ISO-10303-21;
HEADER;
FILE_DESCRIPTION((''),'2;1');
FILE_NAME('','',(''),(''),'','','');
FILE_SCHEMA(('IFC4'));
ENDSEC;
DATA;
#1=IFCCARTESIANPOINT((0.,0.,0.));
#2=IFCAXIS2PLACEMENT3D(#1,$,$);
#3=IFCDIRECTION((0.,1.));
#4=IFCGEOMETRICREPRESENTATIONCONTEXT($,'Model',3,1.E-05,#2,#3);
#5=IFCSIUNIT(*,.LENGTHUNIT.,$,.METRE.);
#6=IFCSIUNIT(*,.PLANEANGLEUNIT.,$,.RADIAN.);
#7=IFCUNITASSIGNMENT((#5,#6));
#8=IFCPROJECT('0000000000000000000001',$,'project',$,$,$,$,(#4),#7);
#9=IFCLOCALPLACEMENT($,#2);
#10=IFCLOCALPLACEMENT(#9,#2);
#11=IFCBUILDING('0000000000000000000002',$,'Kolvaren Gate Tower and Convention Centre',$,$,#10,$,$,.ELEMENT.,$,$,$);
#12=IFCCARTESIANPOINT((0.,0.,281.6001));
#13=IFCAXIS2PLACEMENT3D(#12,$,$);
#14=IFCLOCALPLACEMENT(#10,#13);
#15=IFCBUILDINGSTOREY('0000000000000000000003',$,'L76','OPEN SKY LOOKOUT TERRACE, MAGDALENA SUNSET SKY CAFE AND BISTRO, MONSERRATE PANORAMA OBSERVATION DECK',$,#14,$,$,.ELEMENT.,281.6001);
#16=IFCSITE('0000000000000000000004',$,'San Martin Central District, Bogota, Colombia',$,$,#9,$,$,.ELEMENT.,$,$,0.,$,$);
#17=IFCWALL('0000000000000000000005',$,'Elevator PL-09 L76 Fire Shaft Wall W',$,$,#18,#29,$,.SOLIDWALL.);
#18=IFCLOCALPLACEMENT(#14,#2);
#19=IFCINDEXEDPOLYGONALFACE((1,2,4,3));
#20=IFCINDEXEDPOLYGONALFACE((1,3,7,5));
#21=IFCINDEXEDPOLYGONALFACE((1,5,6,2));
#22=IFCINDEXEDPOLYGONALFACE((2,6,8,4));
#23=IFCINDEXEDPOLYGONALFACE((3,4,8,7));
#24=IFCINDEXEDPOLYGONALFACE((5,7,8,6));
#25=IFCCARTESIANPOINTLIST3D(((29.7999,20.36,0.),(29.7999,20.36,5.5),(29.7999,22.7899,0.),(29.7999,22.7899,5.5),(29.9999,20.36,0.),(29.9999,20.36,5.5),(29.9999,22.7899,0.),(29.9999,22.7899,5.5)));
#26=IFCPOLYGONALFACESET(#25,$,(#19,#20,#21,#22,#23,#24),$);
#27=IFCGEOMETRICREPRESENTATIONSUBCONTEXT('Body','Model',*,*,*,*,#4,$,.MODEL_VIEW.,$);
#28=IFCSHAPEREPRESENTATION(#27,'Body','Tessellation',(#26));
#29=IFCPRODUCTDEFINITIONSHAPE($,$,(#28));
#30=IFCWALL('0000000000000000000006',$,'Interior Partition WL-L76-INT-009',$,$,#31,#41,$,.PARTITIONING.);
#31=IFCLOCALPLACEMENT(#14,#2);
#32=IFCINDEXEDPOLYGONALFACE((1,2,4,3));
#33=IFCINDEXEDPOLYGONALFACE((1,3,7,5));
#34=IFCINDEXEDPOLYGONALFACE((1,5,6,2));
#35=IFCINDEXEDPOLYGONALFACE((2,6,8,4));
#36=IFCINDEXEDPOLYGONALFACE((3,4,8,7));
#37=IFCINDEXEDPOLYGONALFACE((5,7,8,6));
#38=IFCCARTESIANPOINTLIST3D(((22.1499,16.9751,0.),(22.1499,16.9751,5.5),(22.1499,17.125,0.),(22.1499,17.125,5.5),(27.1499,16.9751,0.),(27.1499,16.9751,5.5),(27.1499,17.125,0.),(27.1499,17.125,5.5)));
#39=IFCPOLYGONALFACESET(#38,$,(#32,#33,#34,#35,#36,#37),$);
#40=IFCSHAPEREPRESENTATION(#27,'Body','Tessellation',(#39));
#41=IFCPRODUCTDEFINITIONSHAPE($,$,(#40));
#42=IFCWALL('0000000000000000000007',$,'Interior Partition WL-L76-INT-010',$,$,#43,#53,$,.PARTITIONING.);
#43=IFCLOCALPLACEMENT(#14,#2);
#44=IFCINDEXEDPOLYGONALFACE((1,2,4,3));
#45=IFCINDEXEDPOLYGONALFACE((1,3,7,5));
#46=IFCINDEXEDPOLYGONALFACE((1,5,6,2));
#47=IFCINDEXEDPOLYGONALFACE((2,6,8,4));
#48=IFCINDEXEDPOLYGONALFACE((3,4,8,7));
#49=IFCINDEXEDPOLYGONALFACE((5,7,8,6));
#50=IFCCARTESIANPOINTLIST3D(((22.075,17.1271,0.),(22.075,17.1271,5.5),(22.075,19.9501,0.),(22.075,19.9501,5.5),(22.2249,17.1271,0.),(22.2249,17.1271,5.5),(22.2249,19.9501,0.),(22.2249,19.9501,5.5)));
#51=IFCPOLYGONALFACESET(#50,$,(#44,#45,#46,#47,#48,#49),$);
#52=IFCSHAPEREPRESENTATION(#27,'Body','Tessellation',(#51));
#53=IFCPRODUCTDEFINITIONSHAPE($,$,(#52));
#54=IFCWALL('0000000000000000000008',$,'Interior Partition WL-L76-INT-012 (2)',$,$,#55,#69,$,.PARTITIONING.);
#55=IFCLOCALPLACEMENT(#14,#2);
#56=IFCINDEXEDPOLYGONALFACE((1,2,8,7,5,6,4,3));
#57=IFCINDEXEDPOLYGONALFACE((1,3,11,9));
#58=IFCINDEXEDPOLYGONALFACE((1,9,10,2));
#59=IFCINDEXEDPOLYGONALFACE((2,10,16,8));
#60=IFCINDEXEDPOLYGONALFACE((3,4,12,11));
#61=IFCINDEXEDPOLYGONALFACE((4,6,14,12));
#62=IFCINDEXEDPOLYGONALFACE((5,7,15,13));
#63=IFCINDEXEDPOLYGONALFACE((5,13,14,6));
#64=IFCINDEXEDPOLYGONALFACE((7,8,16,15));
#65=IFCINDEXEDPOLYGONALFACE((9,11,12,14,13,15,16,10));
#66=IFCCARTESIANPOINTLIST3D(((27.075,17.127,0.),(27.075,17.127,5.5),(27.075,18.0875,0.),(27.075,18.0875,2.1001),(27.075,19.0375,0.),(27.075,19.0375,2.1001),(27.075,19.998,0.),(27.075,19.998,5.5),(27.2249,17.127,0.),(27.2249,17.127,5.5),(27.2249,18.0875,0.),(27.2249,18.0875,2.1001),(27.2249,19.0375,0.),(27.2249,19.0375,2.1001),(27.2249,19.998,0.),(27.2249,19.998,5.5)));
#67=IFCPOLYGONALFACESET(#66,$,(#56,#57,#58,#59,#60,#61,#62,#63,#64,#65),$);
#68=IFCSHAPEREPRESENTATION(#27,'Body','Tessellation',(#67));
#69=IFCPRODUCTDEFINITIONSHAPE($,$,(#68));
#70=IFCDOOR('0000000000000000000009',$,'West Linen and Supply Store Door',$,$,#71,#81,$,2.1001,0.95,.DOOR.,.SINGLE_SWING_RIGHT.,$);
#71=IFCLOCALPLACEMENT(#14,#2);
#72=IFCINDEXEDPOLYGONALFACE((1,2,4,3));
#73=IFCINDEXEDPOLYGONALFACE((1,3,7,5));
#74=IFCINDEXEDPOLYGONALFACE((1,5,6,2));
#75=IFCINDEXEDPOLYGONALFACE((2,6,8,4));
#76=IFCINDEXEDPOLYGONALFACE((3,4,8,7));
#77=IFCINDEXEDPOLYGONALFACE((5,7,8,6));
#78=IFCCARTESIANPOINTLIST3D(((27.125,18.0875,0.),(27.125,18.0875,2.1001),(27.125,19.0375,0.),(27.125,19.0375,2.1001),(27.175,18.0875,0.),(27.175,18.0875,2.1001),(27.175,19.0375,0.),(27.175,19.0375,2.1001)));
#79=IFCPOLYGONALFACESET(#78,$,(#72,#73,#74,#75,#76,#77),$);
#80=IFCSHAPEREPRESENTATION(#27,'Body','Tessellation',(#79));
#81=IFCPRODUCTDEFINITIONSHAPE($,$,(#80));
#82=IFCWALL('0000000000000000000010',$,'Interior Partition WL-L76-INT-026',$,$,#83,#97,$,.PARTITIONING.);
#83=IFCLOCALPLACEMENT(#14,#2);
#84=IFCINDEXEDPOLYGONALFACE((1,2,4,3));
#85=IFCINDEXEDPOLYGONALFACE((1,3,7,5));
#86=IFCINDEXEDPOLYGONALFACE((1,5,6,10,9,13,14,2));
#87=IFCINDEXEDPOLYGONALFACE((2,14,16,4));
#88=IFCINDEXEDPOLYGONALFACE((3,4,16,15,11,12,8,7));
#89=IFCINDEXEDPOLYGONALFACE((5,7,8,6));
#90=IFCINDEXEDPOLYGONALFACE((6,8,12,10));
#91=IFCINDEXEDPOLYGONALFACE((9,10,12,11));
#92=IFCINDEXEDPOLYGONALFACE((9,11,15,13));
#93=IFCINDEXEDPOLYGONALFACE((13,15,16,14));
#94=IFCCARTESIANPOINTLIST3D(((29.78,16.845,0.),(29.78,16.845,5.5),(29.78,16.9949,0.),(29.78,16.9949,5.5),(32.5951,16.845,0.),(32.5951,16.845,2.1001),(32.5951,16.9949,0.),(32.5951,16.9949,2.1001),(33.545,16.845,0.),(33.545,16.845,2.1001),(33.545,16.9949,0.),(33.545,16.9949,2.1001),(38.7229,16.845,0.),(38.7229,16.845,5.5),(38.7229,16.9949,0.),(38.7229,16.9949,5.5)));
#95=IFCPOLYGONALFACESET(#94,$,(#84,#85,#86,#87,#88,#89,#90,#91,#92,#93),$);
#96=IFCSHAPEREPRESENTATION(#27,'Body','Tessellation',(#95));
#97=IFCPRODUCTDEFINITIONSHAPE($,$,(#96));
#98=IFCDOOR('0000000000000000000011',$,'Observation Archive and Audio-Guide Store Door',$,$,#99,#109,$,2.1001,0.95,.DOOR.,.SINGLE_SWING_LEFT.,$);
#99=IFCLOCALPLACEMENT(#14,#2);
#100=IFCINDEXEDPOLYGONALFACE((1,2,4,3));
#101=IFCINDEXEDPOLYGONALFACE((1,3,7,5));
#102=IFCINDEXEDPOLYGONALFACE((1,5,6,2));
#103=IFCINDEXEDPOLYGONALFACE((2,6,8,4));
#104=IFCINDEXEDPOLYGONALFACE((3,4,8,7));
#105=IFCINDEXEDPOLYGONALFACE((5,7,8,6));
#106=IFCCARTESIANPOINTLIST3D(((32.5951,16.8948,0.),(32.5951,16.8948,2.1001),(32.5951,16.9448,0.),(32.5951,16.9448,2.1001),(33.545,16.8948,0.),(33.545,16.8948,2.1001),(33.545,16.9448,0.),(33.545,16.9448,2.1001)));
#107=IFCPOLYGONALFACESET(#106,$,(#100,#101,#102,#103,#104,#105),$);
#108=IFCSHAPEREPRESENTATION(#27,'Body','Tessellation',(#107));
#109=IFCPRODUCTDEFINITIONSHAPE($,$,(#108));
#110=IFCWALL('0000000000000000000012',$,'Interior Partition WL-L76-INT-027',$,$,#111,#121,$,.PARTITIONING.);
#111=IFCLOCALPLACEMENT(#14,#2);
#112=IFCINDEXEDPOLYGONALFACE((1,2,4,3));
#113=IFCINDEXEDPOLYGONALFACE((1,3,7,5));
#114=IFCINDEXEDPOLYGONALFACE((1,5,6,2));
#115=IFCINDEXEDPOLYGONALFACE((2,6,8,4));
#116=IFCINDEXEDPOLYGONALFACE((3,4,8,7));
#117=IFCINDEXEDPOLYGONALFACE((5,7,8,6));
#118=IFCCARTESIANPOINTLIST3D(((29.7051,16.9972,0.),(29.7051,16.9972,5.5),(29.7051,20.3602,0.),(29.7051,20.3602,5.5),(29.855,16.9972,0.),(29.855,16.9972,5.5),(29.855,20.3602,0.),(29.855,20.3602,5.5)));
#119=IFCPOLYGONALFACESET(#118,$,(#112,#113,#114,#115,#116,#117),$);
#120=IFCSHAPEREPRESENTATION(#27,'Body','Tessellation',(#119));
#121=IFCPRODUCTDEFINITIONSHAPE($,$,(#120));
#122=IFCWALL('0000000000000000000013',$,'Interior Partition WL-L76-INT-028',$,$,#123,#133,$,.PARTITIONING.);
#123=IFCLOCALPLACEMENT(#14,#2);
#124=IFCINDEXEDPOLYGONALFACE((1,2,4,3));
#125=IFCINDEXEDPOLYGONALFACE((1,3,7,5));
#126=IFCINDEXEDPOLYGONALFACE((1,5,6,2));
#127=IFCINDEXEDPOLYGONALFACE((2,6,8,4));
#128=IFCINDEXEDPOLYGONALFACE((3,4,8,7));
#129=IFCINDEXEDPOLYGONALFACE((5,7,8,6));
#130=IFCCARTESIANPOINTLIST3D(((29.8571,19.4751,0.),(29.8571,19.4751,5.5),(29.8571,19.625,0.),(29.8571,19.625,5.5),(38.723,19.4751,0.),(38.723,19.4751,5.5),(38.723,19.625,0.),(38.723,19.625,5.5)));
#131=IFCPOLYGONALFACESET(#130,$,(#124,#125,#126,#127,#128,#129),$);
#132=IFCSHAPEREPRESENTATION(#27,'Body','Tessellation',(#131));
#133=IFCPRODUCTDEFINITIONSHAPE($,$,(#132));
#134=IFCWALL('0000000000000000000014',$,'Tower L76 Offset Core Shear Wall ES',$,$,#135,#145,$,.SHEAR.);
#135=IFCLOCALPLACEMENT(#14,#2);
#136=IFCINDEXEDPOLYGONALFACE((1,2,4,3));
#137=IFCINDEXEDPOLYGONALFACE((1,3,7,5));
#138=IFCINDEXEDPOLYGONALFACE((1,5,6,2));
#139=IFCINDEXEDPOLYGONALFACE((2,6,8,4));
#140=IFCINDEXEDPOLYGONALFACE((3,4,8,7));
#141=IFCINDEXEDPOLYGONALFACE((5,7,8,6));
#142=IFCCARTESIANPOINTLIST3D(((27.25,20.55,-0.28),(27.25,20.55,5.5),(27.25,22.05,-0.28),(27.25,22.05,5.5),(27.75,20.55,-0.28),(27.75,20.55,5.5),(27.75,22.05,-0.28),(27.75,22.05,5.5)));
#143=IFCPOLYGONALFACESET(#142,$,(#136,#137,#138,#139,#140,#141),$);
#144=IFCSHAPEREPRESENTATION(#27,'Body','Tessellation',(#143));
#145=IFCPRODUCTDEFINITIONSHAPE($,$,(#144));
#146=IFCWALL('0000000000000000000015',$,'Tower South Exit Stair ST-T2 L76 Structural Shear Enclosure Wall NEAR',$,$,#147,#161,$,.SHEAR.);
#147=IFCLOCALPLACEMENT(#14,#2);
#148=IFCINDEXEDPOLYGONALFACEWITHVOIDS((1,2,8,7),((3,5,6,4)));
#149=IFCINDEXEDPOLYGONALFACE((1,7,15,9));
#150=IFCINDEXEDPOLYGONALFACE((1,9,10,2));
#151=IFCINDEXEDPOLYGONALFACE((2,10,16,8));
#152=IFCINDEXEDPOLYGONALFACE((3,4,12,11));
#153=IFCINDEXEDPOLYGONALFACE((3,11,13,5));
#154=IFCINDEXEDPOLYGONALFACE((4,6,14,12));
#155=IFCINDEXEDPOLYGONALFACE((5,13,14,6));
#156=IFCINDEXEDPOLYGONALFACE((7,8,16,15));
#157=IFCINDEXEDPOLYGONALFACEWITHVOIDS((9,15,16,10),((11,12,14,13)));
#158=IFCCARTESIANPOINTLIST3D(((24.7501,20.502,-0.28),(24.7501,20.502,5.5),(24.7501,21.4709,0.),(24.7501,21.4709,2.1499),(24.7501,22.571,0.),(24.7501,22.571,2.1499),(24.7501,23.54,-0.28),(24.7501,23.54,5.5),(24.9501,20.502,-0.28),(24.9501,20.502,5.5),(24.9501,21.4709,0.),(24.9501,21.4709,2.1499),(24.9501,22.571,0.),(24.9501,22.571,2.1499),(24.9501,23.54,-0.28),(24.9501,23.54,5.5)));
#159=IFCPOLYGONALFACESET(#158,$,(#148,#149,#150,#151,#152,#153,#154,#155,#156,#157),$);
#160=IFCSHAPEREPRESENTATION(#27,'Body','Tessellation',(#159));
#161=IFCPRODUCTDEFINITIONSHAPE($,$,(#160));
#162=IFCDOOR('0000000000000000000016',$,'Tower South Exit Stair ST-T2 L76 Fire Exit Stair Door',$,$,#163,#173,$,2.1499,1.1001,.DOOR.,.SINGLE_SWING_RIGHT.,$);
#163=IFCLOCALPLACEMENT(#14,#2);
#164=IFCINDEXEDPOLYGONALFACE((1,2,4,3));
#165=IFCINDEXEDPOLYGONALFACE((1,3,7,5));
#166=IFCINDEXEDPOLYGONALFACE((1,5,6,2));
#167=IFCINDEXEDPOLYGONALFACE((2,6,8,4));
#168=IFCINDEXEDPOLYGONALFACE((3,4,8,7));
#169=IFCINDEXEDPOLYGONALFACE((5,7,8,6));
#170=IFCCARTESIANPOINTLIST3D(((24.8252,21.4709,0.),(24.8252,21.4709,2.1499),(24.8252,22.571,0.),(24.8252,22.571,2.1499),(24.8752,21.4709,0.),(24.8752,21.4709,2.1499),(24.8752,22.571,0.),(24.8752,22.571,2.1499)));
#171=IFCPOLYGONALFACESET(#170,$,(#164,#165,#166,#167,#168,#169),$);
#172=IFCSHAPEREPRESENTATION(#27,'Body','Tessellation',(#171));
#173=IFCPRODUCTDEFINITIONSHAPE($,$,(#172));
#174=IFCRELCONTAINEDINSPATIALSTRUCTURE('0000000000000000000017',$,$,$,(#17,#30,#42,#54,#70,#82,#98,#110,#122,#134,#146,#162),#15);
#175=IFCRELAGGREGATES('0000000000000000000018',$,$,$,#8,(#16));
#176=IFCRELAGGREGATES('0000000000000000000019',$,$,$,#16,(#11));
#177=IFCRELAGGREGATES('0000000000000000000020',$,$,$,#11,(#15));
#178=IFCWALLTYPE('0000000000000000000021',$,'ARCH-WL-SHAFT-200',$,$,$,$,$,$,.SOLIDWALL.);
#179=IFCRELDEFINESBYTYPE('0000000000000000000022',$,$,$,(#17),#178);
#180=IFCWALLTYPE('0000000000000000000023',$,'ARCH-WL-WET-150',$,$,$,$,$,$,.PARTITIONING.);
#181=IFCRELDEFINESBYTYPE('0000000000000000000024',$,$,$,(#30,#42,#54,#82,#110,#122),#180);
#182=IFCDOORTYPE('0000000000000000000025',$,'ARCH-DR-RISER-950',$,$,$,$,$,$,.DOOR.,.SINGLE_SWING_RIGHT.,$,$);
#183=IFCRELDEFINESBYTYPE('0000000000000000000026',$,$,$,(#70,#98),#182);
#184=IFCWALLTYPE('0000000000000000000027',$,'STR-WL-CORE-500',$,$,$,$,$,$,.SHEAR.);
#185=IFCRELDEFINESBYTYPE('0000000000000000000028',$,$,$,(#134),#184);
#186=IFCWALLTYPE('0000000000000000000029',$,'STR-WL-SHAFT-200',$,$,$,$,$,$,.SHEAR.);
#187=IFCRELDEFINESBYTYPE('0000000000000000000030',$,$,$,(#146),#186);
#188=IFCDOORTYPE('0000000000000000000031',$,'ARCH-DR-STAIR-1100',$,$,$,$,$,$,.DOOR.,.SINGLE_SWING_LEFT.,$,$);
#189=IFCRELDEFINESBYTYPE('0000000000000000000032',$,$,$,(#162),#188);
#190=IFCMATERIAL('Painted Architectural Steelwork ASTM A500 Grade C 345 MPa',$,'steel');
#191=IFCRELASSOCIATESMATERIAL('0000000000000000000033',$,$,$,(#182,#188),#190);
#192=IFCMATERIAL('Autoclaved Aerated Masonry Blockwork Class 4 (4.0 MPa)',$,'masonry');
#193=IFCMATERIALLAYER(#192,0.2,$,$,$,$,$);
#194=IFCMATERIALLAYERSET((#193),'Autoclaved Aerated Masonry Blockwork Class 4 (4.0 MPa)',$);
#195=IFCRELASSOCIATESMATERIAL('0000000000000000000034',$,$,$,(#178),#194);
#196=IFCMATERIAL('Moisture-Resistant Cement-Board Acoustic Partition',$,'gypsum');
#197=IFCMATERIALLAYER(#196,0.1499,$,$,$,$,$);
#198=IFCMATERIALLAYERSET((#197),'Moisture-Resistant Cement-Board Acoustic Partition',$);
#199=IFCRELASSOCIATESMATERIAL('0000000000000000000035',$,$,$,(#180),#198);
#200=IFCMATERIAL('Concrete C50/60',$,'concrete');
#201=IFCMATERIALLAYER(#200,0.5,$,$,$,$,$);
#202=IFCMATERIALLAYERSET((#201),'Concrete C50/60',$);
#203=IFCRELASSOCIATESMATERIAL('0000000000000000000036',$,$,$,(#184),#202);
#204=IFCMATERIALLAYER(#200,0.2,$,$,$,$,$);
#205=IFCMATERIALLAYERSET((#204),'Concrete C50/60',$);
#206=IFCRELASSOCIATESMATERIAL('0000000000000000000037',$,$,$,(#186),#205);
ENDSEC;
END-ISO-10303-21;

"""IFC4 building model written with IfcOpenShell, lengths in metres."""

from ifc_helpers import new_model, si_unit, direction, frame, frame_2d, origin, place, context, subcontext, project, spatial, rectangle, extrude, material, layer, layer_set, type_object, element, fill, save


model = new_model("IFC4")

# Units and contexts
model_context = context("Model", 3, precision=1e-05, world=origin(), true_north=direction((0.0, 1.0)))
body_context = subcontext(model_context, "Body", "Model", "MODEL_VIEW")
ifc_project = project(units=[si_unit("LENGTHUNIT", "METRE"), si_unit("PLANEANGLEUNIT", "RADIAN")], contexts=[model_context])

# Site, building, storey
site_placement = place(None, origin())
site = spatial("IfcSite", under=ifc_project, at=site_placement, Name="San Martin Central District, Bogota, Colombia", CompositionType="ELEMENT", RefElevation=0.0)
building_placement = place(site_placement, origin())
building = spatial("IfcBuilding", under=site, at=building_placement, Name="Kolvaren Gate Tower and Convention Centre", CompositionType="ELEMENT")
storey_placement = place(building_placement, frame((0.0, 0.0, 281.6001)))
storey = spatial("IfcBuildingStorey", under=building, at=storey_placement, Name="L76", Description="OPEN SKY LOOKOUT TERRACE, MAGDALENA SUNSET SKY CAFE AND BISTRO, MONSERRATE PANORAMA OBSERVATION DECK", CompositionType="ELEMENT", Elevation=281.6001)

# Shared definitions
ifc_material_1 = material(Name="Concrete C50/60", Category="concrete")

# Shared definitions
ifc_material_2 = material(Name="Autoclaved Aerated Masonry Blockwork Class 4 (4.0 MPa)", Category="masonry")

# Shared definitions
ifc_material_3 = material(Name="Painted Architectural Steelwork ASTM A500 Grade C 345 MPa", Category="steel")
door_type_1 = type_object("IfcDoorType", Name="ARCH-DR-RISER-950", OperationType="SINGLE_SWING_RIGHT", PredefinedType="DOOR", material=ifc_material_3)

# Shared definitions
ifc_layer_1 = layer(ifc_material_2, 0.2)
ifc_layer_set_1 = layer_set([ifc_layer_1], Name="Autoclaved Aerated Masonry Blockwork Class 4 (4.0 MPa)")
wall_type_1 = type_object("IfcWallType", Name="ARCH-WL-SHAFT-200", PredefinedType="SOLIDWALL", material=ifc_layer_set_1)

# Walls
wall_1_placement = place(storey_placement, frame((29.8999, 20.3601, 0.0), z_axis=(0.0, 0.0, 1.0), x_axis=(0.0, 1.0, 0.0)))
element("IfcWall", 1, at=wall_1_placement, inside=storey, type_object=wall_type_1, Name="Elevator PL-09 L76 Fire Shaft Wall W", PredefinedType="SOLIDWALL", context=body_context, shape_type="SweptSolid", body=[
    extrude(rectangle(XDim=2.4299, YDim=0.2, at=frame_2d((1.2148, 0.0))), origin(), (0.0, 0.0, 1.0), 5.5),
])
ifc_material_4 = material(Name="Moisture-Resistant Cement-Board Acoustic Partition", Category="gypsum")
ifc_layer_2 = layer(ifc_material_4, 0.1499)
ifc_layer_set_2 = layer_set([ifc_layer_2], Name="Moisture-Resistant Cement-Board Acoustic Partition")
wall_type_2 = type_object("IfcWallType", Name="ARCH-WL-WET-150", PredefinedType="PARTITIONING", material=ifc_layer_set_2)
wall_2_placement = place(storey_placement, frame((22.1499, 17.05, 0.0), z_axis=(0.0, 0.0, 1.0), x_axis=(1.0, 0.0, 0.0)))
element("IfcWall", 2, at=wall_2_placement, inside=storey, type_object=wall_type_2, Name="Interior Partition WL-L76-INT-009", PredefinedType="PARTITIONING", context=body_context, shape_type="SweptSolid", body=[
    extrude(rectangle(XDim=5.0, YDim=0.1499, at=frame_2d((2.5, 0.0))), origin(), (0.0, 0.0, 1.0), 5.5),
])
wall_3_placement = place(storey_placement, frame((22.1499, 17.127, 0.0), z_axis=(0.0, 0.0, 1.0), x_axis=(0.0, 1.0, 0.0)))
element("IfcWall", 3, at=wall_3_placement, inside=storey, type_object=wall_type_2, Name="Interior Partition WL-L76-INT-010", PredefinedType="PARTITIONING", context=body_context, shape_type="SweptSolid", body=[
    extrude(rectangle(XDim=2.823, YDim=0.1499, at=frame_2d((1.4116, 0.0))), origin(), (0.0, 0.0, 1.0), 5.5),
])

# Walls, openings, doors
wall_4_placement = place(storey_placement, frame((27.1499, 17.127, 0.0), z_axis=(0.0, 0.0, 1.0), x_axis=(0.0, 1.0, 0.0)))
wall_4 = element("IfcWall", 4, at=wall_4_placement, inside=storey, type_object=wall_type_2, Name="Interior Partition WL-L76-INT-012 (2)", PredefinedType="PARTITIONING", context=body_context, shape_type="SweptSolid", body=[
    extrude(rectangle(XDim=2.8711, YDim=0.1499, at=frame_2d((1.4355, 0.0))), origin(), (0.0, 0.0, 1.0), 5.5),
])
opening_1_placement = place(wall_4_placement, frame((0.9604, 0.0, 0.0)))
opening_1 = element("IfcOpeningElement", 5, at=opening_1_placement, cuts=wall_4, PredefinedType="OPENING", context=body_context, shape_type="SweptSolid", body=[
    extrude(rectangle(XDim=0.95, YDim=2.1001, at=frame_2d((0.4751, 1.05))), frame((0.0, 0.085, 0.0), z_axis=(0.0, -1.0, 0.0), x_axis=(1.0, 0.0, 0.0)), (0.0, 0.0, 1.0), 0.1699),
])
door_1_placement = place(opening_1_placement, origin())
door_1 = element("IfcDoor", 6, at=door_1_placement, inside=storey, type_object=door_type_1, Name="West Linen and Supply Store Door", OperationType="SINGLE_SWING_RIGHT", OverallHeight=2.1001, OverallWidth=0.95, PredefinedType="DOOR", context=body_context, shape_type="SweptSolid", body=[
    extrude(rectangle(XDim=0.95, YDim=2.1001, at=frame_2d((0.4751, 1.05))), frame((0.0, 0.0249, 0.0), z_axis=(0.0, -1.0, 0.0), x_axis=(1.0, 0.0, 0.0)), (0.0, 0.0, 1.0), 0.05),
])
fill(opening_1, door_1)
wall_5_placement = place(storey_placement, frame((29.78, 16.9199, 0.0), z_axis=(0.0, 0.0, 1.0), x_axis=(1.0, 0.0, 0.0)))
wall_5 = element("IfcWall", 7, at=wall_5_placement, inside=storey, type_object=wall_type_2, Name="Interior Partition WL-L76-INT-026", PredefinedType="PARTITIONING", context=body_context, shape_type="SweptSolid", body=[
    extrude(rectangle(XDim=8.9429, YDim=0.1499, at=frame_2d((4.4714, 0.0))), origin(), (0.0, 0.0, 1.0), 5.5),
])
opening_2_placement = place(wall_5_placement, frame((2.8149, 0.0, 0.0)))
opening_2 = element("IfcOpeningElement", 8, at=opening_2_placement, cuts=wall_5, PredefinedType="OPENING", context=body_context, shape_type="SweptSolid", body=[
    extrude(rectangle(XDim=0.95, YDim=2.1001, at=frame_2d((0.4751, 1.05))), frame((0.0, 0.085, 0.0), z_axis=(0.0, -1.0, 0.0), x_axis=(1.0, 0.0, 0.0)), (0.0, 0.0, 1.0), 0.1699),
])
door_2_placement = place(opening_2_placement, origin())
door_2 = element("IfcDoor", 9, at=door_2_placement, inside=storey, type_object=door_type_1, Name="Observation Archive and Audio-Guide Store Door", OperationType="SINGLE_SWING_LEFT", OverallHeight=2.1001, OverallWidth=0.95, PredefinedType="DOOR", context=body_context, shape_type="SweptSolid", body=[
    extrude(rectangle(XDim=0.95, YDim=2.1001, at=frame_2d((0.4751, 1.05))), frame((0.0, 0.0249, 0.0), z_axis=(0.0, -1.0, 0.0), x_axis=(1.0, 0.0, 0.0)), (0.0, 0.0, 1.0), 0.05),
])
fill(opening_2, door_2)

# Walls
wall_6_placement = place(storey_placement, frame((29.78, 16.9971, 0.0), z_axis=(0.0, 0.0, 1.0), x_axis=(0.0, 1.0, 0.0)))
element("IfcWall", 10, at=wall_6_placement, inside=storey, type_object=wall_type_2, Name="Interior Partition WL-L76-INT-027", PredefinedType="PARTITIONING", context=body_context, shape_type="SweptSolid", body=[
    extrude(rectangle(XDim=3.363, YDim=0.1499, at=frame_2d((1.6816, 0.0))), origin(), (0.0, 0.0, 1.0), 5.5),
])
wall_7_placement = place(storey_placement, frame((29.8569, 19.55, 0.0), z_axis=(0.0, 0.0, 1.0), x_axis=(1.0, 0.0, 0.0)))
element("IfcWall", 11, at=wall_7_placement, inside=storey, type_object=wall_type_2, Name="Interior Partition WL-L76-INT-028", PredefinedType="PARTITIONING", context=body_context, shape_type="SweptSolid", body=[
    extrude(rectangle(XDim=8.866, YDim=0.1499, at=frame_2d((4.4331, 0.0))), origin(), (0.0, 0.0, 1.0), 5.5),
])
ifc_layer_3 = layer(ifc_material_1, 0.5)
ifc_layer_set_3 = layer_set([ifc_layer_3], Name="Concrete C50/60")
wall_type_3 = type_object("IfcWallType", Name="STR-WL-CORE-500", PredefinedType="SHEAR", material=ifc_layer_set_3)
wall_8_placement = place(storey_placement, frame((27.5, 20.55, -0.28), z_axis=(0.0, 0.0, 1.0), x_axis=(0.0, 1.0, 0.0)))
element("IfcWall", 12, at=wall_8_placement, inside=storey, type_object=wall_type_3, Name="Tower L76 Offset Core Shear Wall ES", PredefinedType="SHEAR", context=body_context, shape_type="SweptSolid", body=[
    extrude(rectangle(XDim=1.5, YDim=0.5, at=frame_2d((0.75, 0.0))), origin(), (0.0, 0.0, 1.0), 5.78),
])

# Wall, opening, door
ifc_layer_4 = layer(ifc_material_1, 0.2)
ifc_layer_set_4 = layer_set([ifc_layer_4], Name="Concrete C50/60")
wall_type_4 = type_object("IfcWallType", Name="STR-WL-SHAFT-200", PredefinedType="SHEAR", material=ifc_layer_set_4)
wall_9_placement = place(storey_placement, frame((24.8501, 20.502, -0.28), z_axis=(0.0, 0.0, 1.0), x_axis=(0.0, 1.0, 0.0)))
wall_9 = element("IfcWall", 13, at=wall_9_placement, inside=storey, type_object=wall_type_4, Name="Tower South Exit Stair ST-T2 L76 Structural Shear Enclosure Wall NEAR", PredefinedType="SHEAR", context=body_context, shape_type="SweptSolid", body=[
    extrude(rectangle(XDim=3.0381, YDim=0.2, at=frame_2d((1.519, 0.0))), origin(), (0.0, 0.0, 1.0), 5.78),
])
opening_3_placement = place(wall_9_placement, frame((0.969, 0.0, 0.28)))
opening_3 = element("IfcOpeningElement", 14, at=opening_3_placement, cuts=wall_9, PredefinedType="OPENING", context=body_context, shape_type="SweptSolid", body=[
    extrude(rectangle(XDim=1.1001, YDim=2.1499, at=frame_2d((0.55, 1.075))), frame((0.0, 0.1099, 0.0), z_axis=(0.0, -1.0, 0.0), x_axis=(1.0, 0.0, 0.0)), (0.0, 0.0, 1.0), 0.22),
])
door_type_2 = type_object("IfcDoorType", Name="ARCH-DR-STAIR-1100", OperationType="SINGLE_SWING_LEFT", PredefinedType="DOOR", material=ifc_material_3)
door_3_placement = place(opening_3_placement, origin())
door_3 = element("IfcDoor", 15, at=door_3_placement, inside=storey, type_object=door_type_2, Name="Tower South Exit Stair ST-T2 L76 Fire Exit Stair Door", OperationType="SINGLE_SWING_RIGHT", OverallHeight=2.1499, OverallWidth=1.1001, PredefinedType="DOOR", context=body_context, shape_type="SweptSolid", body=[
    extrude(rectangle(XDim=1.1001, YDim=2.1499, at=frame_2d((0.55, 1.075))), frame((0.0, 0.0249, 0.0), z_axis=(0.0, -1.0, 0.0), x_axis=(1.0, 0.0, 0.0)), (0.0, 0.0, 1.0), 0.05),
])
fill(opening_3, door_3)

save(model, "model.ifc")
